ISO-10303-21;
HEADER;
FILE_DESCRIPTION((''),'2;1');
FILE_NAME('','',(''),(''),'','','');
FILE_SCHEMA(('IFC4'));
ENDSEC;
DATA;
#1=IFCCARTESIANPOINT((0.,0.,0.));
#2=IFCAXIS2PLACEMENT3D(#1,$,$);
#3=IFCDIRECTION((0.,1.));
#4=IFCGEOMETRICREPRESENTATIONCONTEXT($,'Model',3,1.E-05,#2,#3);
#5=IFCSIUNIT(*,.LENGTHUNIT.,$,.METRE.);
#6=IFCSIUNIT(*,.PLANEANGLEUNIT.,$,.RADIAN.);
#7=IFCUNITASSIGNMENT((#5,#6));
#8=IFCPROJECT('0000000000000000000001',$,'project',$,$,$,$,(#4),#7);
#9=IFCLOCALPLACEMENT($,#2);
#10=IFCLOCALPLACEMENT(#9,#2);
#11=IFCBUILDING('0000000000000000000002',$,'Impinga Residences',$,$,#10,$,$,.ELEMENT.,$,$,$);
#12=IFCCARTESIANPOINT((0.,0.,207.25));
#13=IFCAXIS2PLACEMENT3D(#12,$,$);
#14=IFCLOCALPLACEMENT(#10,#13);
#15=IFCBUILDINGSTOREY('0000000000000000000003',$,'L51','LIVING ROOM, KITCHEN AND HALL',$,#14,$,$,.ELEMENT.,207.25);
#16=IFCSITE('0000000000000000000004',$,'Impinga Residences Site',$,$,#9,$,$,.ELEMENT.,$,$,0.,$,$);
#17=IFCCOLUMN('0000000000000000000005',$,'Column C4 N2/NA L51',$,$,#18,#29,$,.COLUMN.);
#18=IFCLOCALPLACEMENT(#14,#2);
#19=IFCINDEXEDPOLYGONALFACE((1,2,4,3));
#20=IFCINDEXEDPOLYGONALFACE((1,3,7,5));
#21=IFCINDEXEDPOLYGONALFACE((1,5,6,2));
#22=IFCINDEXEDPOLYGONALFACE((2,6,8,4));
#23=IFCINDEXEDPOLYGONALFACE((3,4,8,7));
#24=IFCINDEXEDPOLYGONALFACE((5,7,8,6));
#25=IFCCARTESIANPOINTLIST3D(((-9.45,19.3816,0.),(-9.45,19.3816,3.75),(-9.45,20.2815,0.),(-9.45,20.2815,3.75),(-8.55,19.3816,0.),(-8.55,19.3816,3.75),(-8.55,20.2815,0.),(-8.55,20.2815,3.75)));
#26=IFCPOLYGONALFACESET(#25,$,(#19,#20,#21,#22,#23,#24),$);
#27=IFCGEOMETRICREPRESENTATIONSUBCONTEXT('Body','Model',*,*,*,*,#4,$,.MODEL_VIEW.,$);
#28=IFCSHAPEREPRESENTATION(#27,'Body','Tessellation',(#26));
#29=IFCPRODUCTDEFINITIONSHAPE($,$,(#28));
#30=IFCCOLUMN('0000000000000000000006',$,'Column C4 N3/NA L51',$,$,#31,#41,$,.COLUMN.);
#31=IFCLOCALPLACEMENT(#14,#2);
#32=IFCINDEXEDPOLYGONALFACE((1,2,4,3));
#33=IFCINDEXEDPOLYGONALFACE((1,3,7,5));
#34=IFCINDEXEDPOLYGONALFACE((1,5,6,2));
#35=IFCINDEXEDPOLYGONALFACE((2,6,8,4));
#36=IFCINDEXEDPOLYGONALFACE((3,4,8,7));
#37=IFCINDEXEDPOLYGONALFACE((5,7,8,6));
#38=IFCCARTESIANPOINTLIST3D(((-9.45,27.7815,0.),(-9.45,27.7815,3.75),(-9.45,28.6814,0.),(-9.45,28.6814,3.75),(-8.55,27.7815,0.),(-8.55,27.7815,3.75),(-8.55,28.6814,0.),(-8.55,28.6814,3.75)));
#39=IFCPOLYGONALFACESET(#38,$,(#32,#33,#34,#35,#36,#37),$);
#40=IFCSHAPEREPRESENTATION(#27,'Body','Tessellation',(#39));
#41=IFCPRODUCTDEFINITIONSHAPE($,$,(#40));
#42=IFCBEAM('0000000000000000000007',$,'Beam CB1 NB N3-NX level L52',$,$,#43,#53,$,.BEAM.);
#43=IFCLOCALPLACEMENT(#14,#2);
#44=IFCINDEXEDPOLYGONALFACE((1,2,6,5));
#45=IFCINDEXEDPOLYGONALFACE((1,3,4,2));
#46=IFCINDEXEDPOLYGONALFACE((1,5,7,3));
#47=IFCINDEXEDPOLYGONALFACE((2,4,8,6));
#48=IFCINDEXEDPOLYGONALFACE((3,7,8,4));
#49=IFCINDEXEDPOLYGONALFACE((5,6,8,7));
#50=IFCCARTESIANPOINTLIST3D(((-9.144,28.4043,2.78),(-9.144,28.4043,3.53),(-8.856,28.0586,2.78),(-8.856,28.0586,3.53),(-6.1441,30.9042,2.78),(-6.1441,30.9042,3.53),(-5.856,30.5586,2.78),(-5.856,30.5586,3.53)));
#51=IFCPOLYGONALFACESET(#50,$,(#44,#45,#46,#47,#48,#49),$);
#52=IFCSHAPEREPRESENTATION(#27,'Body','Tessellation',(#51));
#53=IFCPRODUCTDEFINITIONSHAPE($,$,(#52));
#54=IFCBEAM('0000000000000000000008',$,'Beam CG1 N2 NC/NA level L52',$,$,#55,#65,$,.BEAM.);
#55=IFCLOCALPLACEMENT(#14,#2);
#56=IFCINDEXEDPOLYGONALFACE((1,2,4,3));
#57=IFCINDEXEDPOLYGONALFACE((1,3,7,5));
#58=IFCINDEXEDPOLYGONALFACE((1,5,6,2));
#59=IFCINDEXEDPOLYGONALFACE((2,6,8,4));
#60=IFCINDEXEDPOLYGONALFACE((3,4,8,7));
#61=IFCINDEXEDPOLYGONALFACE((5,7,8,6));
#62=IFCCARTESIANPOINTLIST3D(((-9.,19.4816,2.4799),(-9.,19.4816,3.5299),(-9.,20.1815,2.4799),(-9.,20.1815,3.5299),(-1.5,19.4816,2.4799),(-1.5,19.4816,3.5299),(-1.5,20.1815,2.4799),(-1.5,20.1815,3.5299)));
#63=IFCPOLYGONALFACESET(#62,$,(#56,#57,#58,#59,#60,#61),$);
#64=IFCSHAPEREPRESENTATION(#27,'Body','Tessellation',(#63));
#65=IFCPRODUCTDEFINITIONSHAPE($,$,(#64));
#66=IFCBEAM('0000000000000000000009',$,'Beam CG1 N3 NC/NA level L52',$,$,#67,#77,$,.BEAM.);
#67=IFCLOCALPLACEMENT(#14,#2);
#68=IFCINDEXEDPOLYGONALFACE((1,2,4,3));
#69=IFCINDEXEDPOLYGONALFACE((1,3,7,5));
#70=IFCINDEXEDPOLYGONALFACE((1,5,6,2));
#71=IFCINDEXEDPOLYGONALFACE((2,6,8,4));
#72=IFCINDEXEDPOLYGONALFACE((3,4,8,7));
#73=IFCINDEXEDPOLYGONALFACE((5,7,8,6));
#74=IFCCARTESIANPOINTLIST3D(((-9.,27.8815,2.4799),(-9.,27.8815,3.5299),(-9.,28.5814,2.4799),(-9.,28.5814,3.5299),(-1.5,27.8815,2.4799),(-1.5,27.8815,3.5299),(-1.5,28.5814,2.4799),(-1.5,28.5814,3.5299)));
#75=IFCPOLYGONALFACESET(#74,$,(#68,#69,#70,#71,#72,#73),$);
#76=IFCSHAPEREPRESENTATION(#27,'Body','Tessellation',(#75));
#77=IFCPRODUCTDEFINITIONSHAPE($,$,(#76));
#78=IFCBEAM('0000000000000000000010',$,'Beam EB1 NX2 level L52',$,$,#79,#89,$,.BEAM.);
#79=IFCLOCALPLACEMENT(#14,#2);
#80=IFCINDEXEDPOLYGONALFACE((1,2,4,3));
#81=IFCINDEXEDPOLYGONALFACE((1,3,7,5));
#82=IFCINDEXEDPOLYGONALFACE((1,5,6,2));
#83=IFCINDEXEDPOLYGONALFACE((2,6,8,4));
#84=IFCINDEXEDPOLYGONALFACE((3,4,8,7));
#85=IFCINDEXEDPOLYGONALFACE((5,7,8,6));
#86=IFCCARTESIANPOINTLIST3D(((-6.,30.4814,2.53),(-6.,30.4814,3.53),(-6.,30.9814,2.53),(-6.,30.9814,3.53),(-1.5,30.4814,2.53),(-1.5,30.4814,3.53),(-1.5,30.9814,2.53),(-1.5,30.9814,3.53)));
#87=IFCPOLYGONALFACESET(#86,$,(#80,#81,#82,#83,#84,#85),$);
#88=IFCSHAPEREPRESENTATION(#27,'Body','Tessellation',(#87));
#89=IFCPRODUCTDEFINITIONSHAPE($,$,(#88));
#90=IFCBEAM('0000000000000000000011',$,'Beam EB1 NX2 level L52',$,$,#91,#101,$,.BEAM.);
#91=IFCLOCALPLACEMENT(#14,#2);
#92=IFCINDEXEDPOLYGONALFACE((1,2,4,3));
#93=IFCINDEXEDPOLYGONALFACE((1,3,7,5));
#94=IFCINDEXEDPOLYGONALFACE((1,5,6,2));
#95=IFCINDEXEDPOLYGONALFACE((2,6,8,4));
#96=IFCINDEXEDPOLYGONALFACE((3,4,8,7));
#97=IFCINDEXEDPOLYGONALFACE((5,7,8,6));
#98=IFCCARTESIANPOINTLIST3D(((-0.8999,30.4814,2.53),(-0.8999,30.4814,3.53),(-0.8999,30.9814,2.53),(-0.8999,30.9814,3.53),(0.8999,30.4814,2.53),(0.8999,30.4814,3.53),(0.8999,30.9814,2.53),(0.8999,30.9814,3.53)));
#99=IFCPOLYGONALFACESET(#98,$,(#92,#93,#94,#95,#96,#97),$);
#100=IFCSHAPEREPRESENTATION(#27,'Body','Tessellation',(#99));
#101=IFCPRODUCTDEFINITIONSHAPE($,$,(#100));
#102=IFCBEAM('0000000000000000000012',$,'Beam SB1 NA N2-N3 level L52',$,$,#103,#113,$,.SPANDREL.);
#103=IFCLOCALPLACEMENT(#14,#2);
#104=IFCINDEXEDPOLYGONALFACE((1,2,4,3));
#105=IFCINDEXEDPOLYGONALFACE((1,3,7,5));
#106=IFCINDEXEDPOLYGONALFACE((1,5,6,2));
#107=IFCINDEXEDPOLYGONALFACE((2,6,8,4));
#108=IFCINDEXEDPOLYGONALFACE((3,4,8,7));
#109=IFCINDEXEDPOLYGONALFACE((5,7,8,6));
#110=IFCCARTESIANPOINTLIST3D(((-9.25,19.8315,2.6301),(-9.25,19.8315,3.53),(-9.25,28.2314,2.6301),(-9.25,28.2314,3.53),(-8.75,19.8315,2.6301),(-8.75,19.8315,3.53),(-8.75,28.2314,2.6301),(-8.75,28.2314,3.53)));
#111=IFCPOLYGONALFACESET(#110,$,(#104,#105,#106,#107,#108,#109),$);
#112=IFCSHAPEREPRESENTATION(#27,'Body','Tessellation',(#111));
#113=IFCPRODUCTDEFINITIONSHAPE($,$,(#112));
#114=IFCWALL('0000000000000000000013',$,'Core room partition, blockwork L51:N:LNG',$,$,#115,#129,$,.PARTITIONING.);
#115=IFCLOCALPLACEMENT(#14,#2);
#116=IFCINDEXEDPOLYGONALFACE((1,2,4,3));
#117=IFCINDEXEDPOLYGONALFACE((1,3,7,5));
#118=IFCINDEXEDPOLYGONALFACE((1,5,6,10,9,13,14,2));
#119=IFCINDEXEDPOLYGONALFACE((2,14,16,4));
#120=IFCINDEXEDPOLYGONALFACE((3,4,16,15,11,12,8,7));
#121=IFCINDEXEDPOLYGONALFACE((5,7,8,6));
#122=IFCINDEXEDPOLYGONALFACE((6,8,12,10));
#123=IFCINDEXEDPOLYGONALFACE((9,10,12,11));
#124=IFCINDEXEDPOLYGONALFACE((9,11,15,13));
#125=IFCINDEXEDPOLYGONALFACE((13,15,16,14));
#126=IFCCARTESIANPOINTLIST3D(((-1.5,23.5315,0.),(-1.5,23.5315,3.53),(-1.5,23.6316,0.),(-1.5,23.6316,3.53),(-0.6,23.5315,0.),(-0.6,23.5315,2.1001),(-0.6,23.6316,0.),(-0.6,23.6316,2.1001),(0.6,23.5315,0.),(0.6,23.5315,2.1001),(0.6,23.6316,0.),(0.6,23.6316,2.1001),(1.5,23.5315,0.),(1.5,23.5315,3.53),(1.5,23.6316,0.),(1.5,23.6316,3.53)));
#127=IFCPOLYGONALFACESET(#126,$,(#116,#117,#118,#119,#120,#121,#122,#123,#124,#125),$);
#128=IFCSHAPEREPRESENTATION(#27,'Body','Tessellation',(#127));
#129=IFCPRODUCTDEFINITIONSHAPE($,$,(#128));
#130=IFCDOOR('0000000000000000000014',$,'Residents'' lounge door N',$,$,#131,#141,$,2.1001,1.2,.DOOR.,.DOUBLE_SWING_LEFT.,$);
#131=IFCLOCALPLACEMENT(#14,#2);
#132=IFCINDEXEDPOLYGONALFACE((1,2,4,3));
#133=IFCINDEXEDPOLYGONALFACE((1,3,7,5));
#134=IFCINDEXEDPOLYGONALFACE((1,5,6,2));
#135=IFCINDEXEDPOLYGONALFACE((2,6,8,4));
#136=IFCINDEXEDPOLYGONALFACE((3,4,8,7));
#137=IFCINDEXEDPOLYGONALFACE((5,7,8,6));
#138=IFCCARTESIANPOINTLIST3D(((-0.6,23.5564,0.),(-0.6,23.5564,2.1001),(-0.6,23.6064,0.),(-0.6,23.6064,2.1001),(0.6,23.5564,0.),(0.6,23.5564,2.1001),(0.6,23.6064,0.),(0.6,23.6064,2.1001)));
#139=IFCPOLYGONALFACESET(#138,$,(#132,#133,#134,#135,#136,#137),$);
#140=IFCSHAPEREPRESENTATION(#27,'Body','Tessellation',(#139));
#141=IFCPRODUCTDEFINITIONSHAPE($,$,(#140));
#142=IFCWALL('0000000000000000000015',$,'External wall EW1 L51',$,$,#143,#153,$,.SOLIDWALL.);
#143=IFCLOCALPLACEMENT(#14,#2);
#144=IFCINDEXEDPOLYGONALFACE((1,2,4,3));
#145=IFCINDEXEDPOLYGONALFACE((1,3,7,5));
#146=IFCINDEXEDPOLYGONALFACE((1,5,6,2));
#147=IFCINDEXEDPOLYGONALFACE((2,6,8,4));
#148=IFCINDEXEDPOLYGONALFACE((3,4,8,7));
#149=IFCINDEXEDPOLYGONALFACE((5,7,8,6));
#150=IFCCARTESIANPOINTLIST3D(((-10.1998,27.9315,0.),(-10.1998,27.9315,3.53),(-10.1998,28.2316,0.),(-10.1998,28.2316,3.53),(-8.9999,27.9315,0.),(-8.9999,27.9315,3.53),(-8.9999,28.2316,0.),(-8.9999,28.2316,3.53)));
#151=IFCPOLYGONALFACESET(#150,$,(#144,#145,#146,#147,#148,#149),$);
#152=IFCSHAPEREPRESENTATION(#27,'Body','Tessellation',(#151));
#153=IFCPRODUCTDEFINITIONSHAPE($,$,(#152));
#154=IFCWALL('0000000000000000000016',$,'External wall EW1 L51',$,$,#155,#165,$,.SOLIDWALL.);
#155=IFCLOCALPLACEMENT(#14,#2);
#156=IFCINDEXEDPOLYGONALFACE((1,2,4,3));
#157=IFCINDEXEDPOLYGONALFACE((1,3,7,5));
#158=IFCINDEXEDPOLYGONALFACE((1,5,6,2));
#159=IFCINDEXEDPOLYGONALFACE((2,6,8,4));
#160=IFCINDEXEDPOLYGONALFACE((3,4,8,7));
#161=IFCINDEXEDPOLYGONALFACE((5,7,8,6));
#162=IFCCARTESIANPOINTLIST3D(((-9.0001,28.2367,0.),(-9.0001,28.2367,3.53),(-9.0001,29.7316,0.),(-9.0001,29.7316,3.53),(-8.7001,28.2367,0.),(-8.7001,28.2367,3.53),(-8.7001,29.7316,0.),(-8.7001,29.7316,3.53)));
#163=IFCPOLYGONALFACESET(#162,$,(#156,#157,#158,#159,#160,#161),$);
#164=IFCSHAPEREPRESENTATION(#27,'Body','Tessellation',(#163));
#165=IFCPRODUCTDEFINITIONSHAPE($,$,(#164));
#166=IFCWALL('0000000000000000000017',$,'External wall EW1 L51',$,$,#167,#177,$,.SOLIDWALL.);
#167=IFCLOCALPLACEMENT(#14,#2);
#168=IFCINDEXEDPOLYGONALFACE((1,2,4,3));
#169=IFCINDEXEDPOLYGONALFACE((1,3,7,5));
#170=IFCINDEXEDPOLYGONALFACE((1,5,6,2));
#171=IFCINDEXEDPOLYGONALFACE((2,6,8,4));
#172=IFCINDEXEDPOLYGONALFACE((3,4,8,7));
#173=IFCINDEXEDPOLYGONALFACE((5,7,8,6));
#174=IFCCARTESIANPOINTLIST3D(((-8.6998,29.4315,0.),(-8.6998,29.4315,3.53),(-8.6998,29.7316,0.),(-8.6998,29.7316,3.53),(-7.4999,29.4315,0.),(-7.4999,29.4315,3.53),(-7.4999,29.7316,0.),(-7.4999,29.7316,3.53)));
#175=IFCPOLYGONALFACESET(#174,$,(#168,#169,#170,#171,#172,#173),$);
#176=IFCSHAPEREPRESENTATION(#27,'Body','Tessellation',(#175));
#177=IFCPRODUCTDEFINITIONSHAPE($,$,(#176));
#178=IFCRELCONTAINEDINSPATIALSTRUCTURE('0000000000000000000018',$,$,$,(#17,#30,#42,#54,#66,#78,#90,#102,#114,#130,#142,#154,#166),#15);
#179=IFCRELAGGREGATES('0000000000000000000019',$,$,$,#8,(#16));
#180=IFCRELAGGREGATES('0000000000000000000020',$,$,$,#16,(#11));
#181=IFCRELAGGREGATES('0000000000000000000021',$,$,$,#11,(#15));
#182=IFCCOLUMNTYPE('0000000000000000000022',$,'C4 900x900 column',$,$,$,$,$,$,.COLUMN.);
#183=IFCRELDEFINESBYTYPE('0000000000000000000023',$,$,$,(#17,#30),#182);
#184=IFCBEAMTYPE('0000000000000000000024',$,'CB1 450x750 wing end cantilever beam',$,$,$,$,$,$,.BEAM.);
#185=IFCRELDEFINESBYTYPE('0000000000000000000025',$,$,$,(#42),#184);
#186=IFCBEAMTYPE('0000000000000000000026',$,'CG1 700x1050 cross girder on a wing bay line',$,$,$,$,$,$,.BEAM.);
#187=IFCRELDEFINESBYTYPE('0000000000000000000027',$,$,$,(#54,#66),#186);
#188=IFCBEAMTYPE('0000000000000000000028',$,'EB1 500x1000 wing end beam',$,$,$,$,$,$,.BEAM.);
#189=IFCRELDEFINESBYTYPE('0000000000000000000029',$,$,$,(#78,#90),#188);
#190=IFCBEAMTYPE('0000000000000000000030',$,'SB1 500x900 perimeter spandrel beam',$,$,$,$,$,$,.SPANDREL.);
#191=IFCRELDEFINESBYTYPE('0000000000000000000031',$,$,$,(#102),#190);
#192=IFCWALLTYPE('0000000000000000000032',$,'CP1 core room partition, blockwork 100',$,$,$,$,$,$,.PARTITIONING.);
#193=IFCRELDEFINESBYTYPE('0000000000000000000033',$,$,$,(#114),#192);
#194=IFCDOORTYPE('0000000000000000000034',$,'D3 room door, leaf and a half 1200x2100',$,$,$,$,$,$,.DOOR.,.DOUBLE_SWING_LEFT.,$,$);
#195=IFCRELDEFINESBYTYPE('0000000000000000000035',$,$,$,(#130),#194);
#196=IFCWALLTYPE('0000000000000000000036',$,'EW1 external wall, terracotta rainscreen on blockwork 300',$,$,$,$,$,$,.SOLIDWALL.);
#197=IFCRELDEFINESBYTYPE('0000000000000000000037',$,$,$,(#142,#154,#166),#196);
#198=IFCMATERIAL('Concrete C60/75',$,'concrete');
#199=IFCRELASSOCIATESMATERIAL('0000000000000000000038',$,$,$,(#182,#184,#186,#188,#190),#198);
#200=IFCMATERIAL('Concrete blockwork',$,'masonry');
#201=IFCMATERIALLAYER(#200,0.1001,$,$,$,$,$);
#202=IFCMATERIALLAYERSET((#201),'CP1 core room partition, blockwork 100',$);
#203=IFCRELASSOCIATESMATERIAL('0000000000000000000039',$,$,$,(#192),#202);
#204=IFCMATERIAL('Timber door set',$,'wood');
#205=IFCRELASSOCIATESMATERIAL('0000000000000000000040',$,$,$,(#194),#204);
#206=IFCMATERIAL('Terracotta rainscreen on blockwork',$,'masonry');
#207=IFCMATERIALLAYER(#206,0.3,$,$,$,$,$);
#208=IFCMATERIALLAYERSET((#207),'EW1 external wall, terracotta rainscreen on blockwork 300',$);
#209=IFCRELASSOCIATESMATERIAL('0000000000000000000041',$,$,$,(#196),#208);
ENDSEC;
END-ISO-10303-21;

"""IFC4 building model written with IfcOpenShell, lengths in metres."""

from ifc_helpers import new_model, si_unit, direction, frame, frame_2d, origin, origin_2d, place, context, subcontext, project, spatial, rectangle, extrude, material, layer, layer_set, material_profile, profile_set, type_object, element, fill, save


model = new_model("IFC4")

# Units and contexts
model_context = context("Model", 3, precision=1e-05, world=origin(), true_north=direction((0.0, 1.0)))
body_context = subcontext(model_context, "Body", "Model", "MODEL_VIEW")
ifc_project = project(units=[si_unit("LENGTHUNIT", "METRE"), si_unit("PLANEANGLEUNIT", "RADIAN")], contexts=[model_context])

# Site, building, storey
site_placement = place(None, origin())
site = spatial("IfcSite", under=ifc_project, at=site_placement, Name="Impinga Residences Site", CompositionType="ELEMENT", RefElevation=0.0)
building_placement = place(site_placement, origin())
building = spatial("IfcBuilding", under=site, at=building_placement, Name="Impinga Residences", CompositionType="ELEMENT")
storey_placement = place(building_placement, frame((0.0, 0.0, 207.25)))
storey = spatial("IfcBuildingStorey", under=building, at=storey_placement, Name="L51", Description="LIVING ROOM, KITCHEN AND HALL", CompositionType="ELEMENT", Elevation=207.25)

# Columns
ifc_material_1 = material(Name="Concrete C60/75", Category="concrete")
ifc_material_profile_1 = material_profile(ifc_material_1, rectangle(XDim=0.8999, YDim=0.8999, at=origin_2d()), Name="RC 900x900")
ifc_profile_set_1 = profile_set([ifc_material_profile_1], Name="Concrete C60/75")
column_type = type_object("IfcColumnType", Name="C4 900x900 column", PredefinedType="COLUMN", material=ifc_profile_set_1)
for number, where, z_axis, x_axis, name in (
    (1, (-9.0, 19.8315, 0.0), (0.0, 0.0, 1.0), (1.0, 0.0, 0.0), "Column C4 N2/NA L51"),
    (2, (-9.0, 28.2314, 0.0), (0.0, 0.0, 1.0), (1.0, 0.0, 0.0), "Column C4 N3/NA L51"),
):
    element("IfcColumn", number, at=place(storey_placement, frame(where, z_axis=z_axis, x_axis=x_axis)), inside=storey, type_object=column_type, Name=name, PredefinedType="COLUMN", context=body_context, shape_type="SweptSolid", body=[
        extrude(rectangle(XDim=0.8999, YDim=0.8999, at=origin_2d()), origin(), (0.0, 0.0, 1.0), 3.75),
    ])

# Beams
ifc_material_profile_2 = material_profile(ifc_material_1, rectangle(XDim=0.45, YDim=0.75, at=origin_2d()), Name="RC 450x750")
ifc_profile_set_2 = profile_set([ifc_material_profile_2], Name="Concrete C60/75")
beam_type_1 = type_object("IfcBeamType", Name="CB1 450x750 wing end cantilever beam", PredefinedType="BEAM", material=ifc_profile_set_2)
beam_1_placement = place(storey_placement, frame((-9.0, 28.2314, 3.155), z_axis=(0.768221, 0.640184, 0.0), x_axis=(-0.640184, 0.768221, 0.0)))
element("IfcBeam", 3, at=beam_1_placement, inside=storey, type_object=beam_type_1, Name="Beam CB1 NB N3-NX level L52", PredefinedType="BEAM", context=body_context, shape_type="SweptSolid", body=[
    extrude(rectangle(XDim=0.45, YDim=0.75, at=origin_2d()), origin(), (0.0, 0.0, 1.0), 3.905),
])
ifc_material_profile_3 = material_profile(ifc_material_1, rectangle(XDim=0.7, YDim=1.05, at=origin_2d()), Name="RC 700x1050")
ifc_profile_set_3 = profile_set([ifc_material_profile_3], Name="Concrete C60/75")
beam_type_2 = type_object("IfcBeamType", Name="CG1 700x1050 cross girder on a wing bay line", PredefinedType="BEAM", material=ifc_profile_set_3)
for number, where, z_axis, x_axis, name in (
    (4, (-1.5, 19.8315, 3.0049), (-1.0, 0.0, 0.0), (0.0, -1.0, 0.0), "Beam CG1 N2 NC/NA level L52"),
    (5, (-1.5, 28.2314, 3.0049), (-1.0, 0.0, 0.0), (0.0, -1.0, 0.0), "Beam CG1 N3 NC/NA level L52"),
):
    element("IfcBeam", number, at=place(storey_placement, frame(where, z_axis=z_axis, x_axis=x_axis)), inside=storey, type_object=beam_type_2, Name=name, PredefinedType="BEAM", context=body_context, shape_type="SweptSolid", body=[
        extrude(rectangle(XDim=0.7, YDim=1.05, at=origin_2d()), origin(), (0.0, 0.0, 1.0), 7.5),
    ])
ifc_material_profile_4 = material_profile(ifc_material_1, rectangle(XDim=0.5, YDim=1.0, at=origin_2d()), Name="RC 500x1000")
ifc_profile_set_4 = profile_set([ifc_material_profile_4], Name="Concrete C60/75")
beam_type_3 = type_object("IfcBeamType", Name="EB1 500x1000 wing end beam", PredefinedType="BEAM", material=ifc_profile_set_4)
beam_2_placement = place(storey_placement, frame((-6.0, 30.7314, 3.03), z_axis=(1.0, 0.0, 0.0), x_axis=(0.0, 1.0, 0.0)))
element("IfcBeam", 6, at=beam_2_placement, inside=storey, type_object=beam_type_3, Name="Beam EB1 NX2 level L52", PredefinedType="BEAM", context=body_context, shape_type="SweptSolid", body=[
    extrude(rectangle(XDim=0.5, YDim=1.0, at=origin_2d()), origin(), (0.0, 0.0, 1.0), 4.5),
])
beam_3_placement = place(storey_placement, frame((-0.8999, 30.7314, 3.03), z_axis=(1.0, 0.0, 0.0), x_axis=(0.0, 1.0, 0.0)))
element("IfcBeam", 7, at=beam_3_placement, inside=storey, type_object=beam_type_3, Name="Beam EB1 NX2 level L52", PredefinedType="BEAM", context=body_context, shape_type="SweptSolid", body=[
    extrude(rectangle(XDim=0.5, YDim=1.0, at=origin_2d()), origin(), (0.0, 0.0, 1.0), 1.7998),
])
ifc_material_profile_5 = material_profile(ifc_material_1, rectangle(XDim=0.5, YDim=0.8999, at=origin_2d()), Name="RC 500x900")
ifc_profile_set_5 = profile_set([ifc_material_profile_5], Name="Concrete C60/75")
beam_type_4 = type_object("IfcBeamType", Name="SB1 500x900 perimeter spandrel beam", PredefinedType="SPANDREL", material=ifc_profile_set_5)
beam_4_placement = place(storey_placement, frame((-9.0, 19.8315, 3.0801), z_axis=(0.0, 1.0, 0.0), x_axis=(-1.0, 0.0, 0.0)))
element("IfcBeam", 8, at=beam_4_placement, inside=storey, type_object=beam_type_4, Name="Beam SB1 NA N2-N3 level L52", PredefinedType="SPANDREL", context=body_context, shape_type="SweptSolid", body=[
    extrude(rectangle(XDim=0.5, YDim=0.8999, at=origin_2d()), origin(), (0.0, 0.0, 1.0), 8.3999),
])

# Wall, opening, door
ifc_material_2 = material(Name="Concrete blockwork", Category="masonry")
ifc_layer_1 = layer(ifc_material_2, 0.1001)
ifc_layer_set_1 = layer_set([ifc_layer_1], Name="CP1 core room partition, blockwork 100")
wall_type_1 = type_object("IfcWallType", Name="CP1 core room partition, blockwork 100", PredefinedType="PARTITIONING", material=ifc_layer_set_1)
wall_1_placement = place(storey_placement, frame((-1.5, 23.5815, 0.0), z_axis=(0.0, 0.0, 1.0), x_axis=(1.0, 0.0, 0.0)))
wall_1 = element("IfcWall", 9, at=wall_1_placement, inside=storey, type_object=wall_type_1, Name="Core room partition, blockwork L51:N:LNG", PredefinedType="PARTITIONING", context=body_context, shape_type="SweptSolid", body=[
    extrude(rectangle(XDim=3.0, YDim=0.1001, at=frame_2d((1.5, 0.0))), origin(), (0.0, 0.0, 1.0), 3.53),
])
opening_1_placement = place(wall_1_placement, frame((0.8999, 0.0, 0.0)))
opening_1 = element("IfcOpeningElement", 10, at=opening_1_placement, cuts=wall_1, PredefinedType="OPENING", context=body_context, shape_type="SweptSolid", body=[
    extrude(rectangle(XDim=1.2, YDim=2.1001, at=frame_2d((0.6001, 1.05))), frame((0.0, 0.0601, 0.0), z_axis=(0.0, -1.0, 0.0), x_axis=(1.0, 0.0, 0.0)), (0.0, 0.0, 1.0), 0.1201),
])
ifc_material_3 = material(Name="Timber door set", Category="wood")
door_type_1 = type_object("IfcDoorType", Name="D3 room door, leaf and a half 1200x2100", OperationType="DOUBLE_SWING_LEFT", PredefinedType="DOOR", material=ifc_material_3)
door_1_placement = place(opening_1_placement, origin())
door_1 = element("IfcDoor", 11, at=door_1_placement, inside=storey, type_object=door_type_1, Name="Residents' lounge door N", OperationType="DOUBLE_SWING_LEFT", OverallHeight=2.1001, OverallWidth=1.2, PredefinedType="DOOR", context=body_context, shape_type="SweptSolid", body=[
    extrude(rectangle(XDim=1.2, YDim=2.1001, at=frame_2d((0.6001, 1.05))), frame((0.0, 0.0249, 0.0), z_axis=(0.0, -1.0, 0.0), x_axis=(1.0, 0.0, 0.0)), (0.0, 0.0, 1.0), 0.05),
])
fill(opening_1, door_1)

# Walls
ifc_material_4 = material(Name="Terracotta rainscreen on blockwork", Category="masonry")
ifc_layer_2 = layer(ifc_material_4, 0.3)
ifc_layer_set_2 = layer_set([ifc_layer_2], Name="EW1 external wall, terracotta rainscreen on blockwork 300")
wall_type_2 = type_object("IfcWallType", Name="EW1 external wall, terracotta rainscreen on blockwork 300", PredefinedType="SOLIDWALL", material=ifc_layer_set_2)
wall_2_placement = place(storey_placement, frame((-10.2, 28.0815, 0.0), z_axis=(0.0, 0.0, 1.0), x_axis=(1.0, 0.0, 0.0)))
element("IfcWall", 12, at=wall_2_placement, inside=storey, type_object=wall_type_2, Name="External wall EW1 L51", PredefinedType="SOLIDWALL", context=body_context, shape_type="SweptSolid", body=[
    extrude(rectangle(XDim=1.2, YDim=0.3, at=frame_2d((0.6001, 0.0))), origin(), (0.0, 0.0, 1.0), 3.53),
])
wall_3_placement = place(storey_placement, frame((-8.8501, 28.2366, 0.0), z_axis=(0.0, 0.0, 1.0), x_axis=(0.0, 1.0, 0.0)))
element("IfcWall", 13, at=wall_3_placement, inside=storey, type_object=wall_type_2, Name="External wall EW1 L51", PredefinedType="SOLIDWALL", context=body_context, shape_type="SweptSolid", body=[
    extrude(rectangle(XDim=1.4949, YDim=0.3, at=frame_2d((0.7476, 0.0))), origin(), (0.0, 0.0, 1.0), 3.53),
])
wall_4_placement = place(storey_placement, frame((-8.7, 29.5815, 0.0), z_axis=(0.0, 0.0, 1.0), x_axis=(1.0, 0.0, 0.0)))
element("IfcWall", 14, at=wall_4_placement, inside=storey, type_object=wall_type_2, Name="External wall EW1 L51", PredefinedType="SOLIDWALL", context=body_context, shape_type="SweptSolid", body=[
    extrude(rectangle(XDim=1.2, YDim=0.3, at=frame_2d((0.6001, 0.0))), origin(), (0.0, 0.0, 1.0), 3.53),
])

save(model, "model.ifc")
